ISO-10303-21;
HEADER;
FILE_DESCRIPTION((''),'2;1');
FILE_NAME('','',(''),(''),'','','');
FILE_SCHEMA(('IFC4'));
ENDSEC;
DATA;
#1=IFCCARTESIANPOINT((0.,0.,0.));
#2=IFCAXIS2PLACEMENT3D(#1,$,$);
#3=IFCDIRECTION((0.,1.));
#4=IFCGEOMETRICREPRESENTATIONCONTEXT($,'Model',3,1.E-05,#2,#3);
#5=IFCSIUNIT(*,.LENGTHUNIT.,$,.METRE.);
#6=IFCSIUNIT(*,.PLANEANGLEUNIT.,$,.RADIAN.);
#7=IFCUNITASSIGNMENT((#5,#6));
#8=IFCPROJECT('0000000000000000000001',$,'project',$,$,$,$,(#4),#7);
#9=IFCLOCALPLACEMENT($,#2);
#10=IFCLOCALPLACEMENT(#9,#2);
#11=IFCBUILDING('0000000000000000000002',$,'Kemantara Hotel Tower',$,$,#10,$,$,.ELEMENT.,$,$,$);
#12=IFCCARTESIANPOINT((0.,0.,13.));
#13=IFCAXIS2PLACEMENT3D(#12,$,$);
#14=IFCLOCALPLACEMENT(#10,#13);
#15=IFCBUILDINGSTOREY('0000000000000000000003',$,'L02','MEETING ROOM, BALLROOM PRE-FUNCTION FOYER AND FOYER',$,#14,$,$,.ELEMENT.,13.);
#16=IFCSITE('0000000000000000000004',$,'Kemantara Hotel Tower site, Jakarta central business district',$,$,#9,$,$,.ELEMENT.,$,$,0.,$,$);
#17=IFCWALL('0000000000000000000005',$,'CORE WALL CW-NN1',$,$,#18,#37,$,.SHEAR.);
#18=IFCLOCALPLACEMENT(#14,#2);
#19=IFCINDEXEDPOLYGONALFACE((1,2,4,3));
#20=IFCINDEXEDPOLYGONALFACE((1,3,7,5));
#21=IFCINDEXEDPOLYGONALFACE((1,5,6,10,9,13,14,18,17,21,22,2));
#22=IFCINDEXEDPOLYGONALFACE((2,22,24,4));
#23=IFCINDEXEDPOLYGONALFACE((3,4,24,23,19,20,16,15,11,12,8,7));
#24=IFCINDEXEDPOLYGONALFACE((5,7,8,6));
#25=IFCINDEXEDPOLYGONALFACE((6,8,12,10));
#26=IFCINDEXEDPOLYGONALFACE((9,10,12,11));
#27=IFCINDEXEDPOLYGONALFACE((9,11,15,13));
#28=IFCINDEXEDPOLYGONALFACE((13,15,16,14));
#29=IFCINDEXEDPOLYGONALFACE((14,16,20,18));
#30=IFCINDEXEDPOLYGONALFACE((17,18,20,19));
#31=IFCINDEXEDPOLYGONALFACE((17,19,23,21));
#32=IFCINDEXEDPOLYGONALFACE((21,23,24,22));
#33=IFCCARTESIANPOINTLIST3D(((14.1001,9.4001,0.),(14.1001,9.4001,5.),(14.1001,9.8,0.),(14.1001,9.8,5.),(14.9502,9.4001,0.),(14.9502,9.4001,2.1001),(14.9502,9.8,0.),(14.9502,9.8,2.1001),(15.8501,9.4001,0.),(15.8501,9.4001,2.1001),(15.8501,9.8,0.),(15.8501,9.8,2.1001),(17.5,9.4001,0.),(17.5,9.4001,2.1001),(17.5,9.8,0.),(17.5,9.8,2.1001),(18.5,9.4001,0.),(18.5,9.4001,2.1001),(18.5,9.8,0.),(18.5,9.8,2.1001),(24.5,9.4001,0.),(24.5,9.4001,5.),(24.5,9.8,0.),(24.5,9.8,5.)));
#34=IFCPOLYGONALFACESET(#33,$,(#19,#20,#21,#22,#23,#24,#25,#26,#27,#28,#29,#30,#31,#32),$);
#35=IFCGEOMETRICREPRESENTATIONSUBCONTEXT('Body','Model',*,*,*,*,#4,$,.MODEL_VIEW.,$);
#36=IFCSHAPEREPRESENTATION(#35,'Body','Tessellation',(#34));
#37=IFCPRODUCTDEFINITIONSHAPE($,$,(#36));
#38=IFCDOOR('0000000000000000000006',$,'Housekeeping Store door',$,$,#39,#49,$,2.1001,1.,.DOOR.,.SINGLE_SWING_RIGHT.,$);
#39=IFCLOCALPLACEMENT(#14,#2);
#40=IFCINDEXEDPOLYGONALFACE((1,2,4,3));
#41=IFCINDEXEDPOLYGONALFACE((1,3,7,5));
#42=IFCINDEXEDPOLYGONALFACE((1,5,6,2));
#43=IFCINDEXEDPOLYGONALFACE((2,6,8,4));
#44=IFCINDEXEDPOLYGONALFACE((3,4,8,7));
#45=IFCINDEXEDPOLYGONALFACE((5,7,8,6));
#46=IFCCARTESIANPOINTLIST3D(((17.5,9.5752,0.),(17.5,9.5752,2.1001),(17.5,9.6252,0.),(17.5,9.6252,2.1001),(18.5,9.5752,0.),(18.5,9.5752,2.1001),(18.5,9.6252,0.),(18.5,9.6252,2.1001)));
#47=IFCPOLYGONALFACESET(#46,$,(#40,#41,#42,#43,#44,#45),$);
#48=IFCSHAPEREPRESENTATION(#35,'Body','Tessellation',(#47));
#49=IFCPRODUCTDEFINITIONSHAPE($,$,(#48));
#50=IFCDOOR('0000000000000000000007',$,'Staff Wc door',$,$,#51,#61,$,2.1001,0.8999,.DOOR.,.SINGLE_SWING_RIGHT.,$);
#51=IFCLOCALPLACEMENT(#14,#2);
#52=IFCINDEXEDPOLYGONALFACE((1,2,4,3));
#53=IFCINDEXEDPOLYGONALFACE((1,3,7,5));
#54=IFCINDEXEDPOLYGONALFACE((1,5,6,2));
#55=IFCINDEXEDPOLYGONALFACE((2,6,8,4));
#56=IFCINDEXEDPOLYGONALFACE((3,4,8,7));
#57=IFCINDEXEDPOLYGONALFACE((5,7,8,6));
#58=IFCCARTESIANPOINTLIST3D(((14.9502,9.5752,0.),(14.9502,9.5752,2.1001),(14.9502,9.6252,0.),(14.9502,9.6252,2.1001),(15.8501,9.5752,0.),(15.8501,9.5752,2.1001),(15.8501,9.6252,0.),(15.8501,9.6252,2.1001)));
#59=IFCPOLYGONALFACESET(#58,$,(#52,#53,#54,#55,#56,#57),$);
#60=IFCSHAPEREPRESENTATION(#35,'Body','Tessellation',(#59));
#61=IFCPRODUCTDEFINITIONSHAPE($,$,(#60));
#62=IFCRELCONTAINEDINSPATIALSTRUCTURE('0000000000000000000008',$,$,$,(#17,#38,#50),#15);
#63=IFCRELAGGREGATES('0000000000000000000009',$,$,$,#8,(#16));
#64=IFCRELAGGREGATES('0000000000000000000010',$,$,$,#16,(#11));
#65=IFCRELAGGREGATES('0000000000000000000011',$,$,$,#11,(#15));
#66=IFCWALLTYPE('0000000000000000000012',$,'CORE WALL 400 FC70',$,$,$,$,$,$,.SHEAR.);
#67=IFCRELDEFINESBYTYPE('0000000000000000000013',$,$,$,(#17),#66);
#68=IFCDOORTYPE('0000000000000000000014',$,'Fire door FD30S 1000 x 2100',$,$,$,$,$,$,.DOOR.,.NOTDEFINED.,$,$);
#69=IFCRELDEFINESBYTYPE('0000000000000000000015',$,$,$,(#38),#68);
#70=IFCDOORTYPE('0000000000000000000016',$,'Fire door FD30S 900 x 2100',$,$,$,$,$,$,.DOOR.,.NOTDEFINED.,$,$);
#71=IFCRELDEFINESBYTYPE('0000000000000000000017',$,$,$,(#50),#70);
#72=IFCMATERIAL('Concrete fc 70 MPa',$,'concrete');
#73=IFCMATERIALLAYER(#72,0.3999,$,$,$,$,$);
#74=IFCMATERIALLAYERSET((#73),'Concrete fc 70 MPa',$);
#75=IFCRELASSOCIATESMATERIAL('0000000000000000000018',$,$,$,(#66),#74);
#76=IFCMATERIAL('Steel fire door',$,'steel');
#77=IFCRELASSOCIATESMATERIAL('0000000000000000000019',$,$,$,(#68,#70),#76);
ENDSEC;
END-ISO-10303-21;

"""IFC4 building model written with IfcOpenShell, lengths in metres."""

from ifc_helpers import new_model, si_unit, direction, frame, frame_2d, origin, place, context, subcontext, project, spatial, rectangle, extrude, material, layer, layer_set, type_object, element, fill, save


model = new_model("IFC4")

# Units and contexts
model_context = context("Model", 3, precision=1e-05, world=origin(), true_north=direction((0.0, 1.0)))
body_context = subcontext(model_context, "Body", "Model", "MODEL_VIEW")
ifc_project = project(units=[si_unit("LENGTHUNIT", "METRE"), si_unit("PLANEANGLEUNIT", "RADIAN")], contexts=[model_context])

# Site, building, storey
site_placement = place(None, origin())
site = spatial("IfcSite", under=ifc_project, at=site_placement, Name="Kemantara Hotel Tower site, Jakarta central business district", CompositionType="ELEMENT", RefElevation=0.0)
building_placement = place(site_placement, origin())
building = spatial("IfcBuilding", under=site, at=building_placement, Name="Kemantara Hotel Tower", CompositionType="ELEMENT")
storey_placement = place(building_placement, frame((0.0, 0.0, 13.0)))
storey = spatial("IfcBuildingStorey", under=building, at=storey_placement, Name="L02", Description="MEETING ROOM, BALLROOM PRE-FUNCTION FOYER AND FOYER", CompositionType="ELEMENT", Elevation=13.0)

# Wall, openings, doors
ifc_material_1 = material(Name="Concrete fc 70 MPa", Category="concrete")
ifc_layer = layer(ifc_material_1, 0.3999)
ifc_layer_set = layer_set([ifc_layer], Name="Concrete fc 70 MPa")
wall_type = type_object("IfcWallType", Name="CORE WALL 400 FC70", PredefinedType="SHEAR", material=ifc_layer_set)
wall_1_placement = place(storey_placement, frame((14.1001, 9.6001, 0.0), z_axis=(0.0, 0.0, 1.0), x_axis=(1.0, 0.0, 0.0)))
wall_1 = element("IfcWall", 1, at=wall_1_placement, inside=storey, type_object=wall_type, Name="CORE WALL CW-NN1", PredefinedType="SHEAR", context=body_context, shape_type="SweptSolid", body=[
    extrude(rectangle(XDim=10.3999, YDim=0.3999, at=frame_2d((5.2, 0.0))), origin(), (0.0, 0.0, 1.0), 5.0),
])
opening_1_placement = place(wall_1_placement, frame((0.8501, 0.0, 0.0)))
opening_1 = element("IfcOpeningElement", 2, at=opening_1_placement, cuts=wall_1, PredefinedType="OPENING", context=body_context, shape_type="SweptSolid", body=[
    extrude(rectangle(XDim=0.8999, YDim=2.1001, at=frame_2d((0.45, 1.05))), frame((0.0, 0.21, 0.0), z_axis=(0.0, -1.0, 0.0), x_axis=(1.0, 0.0, 0.0)), (0.0, 0.0, 1.0), 0.4199),
])
opening_2_placement = place(wall_1_placement, frame((3.3999, 0.0, 0.0)))
opening_2 = element("IfcOpeningElement", 3, at=opening_2_placement, cuts=wall_1, PredefinedType="OPENING", context=body_context, shape_type="SweptSolid", body=[
    extrude(rectangle(XDim=1.0, YDim=2.1001, at=frame_2d((0.5, 1.05))), frame((0.0, 0.21, 0.0), z_axis=(0.0, -1.0, 0.0), x_axis=(1.0, 0.0, 0.0)), (0.0, 0.0, 1.0), 0.4199),
])
ifc_material_2 = material(Name="Steel fire door", Category="steel")
door_type_1 = type_object("IfcDoorType", Name="Fire door FD30S 1000 x 2100", OperationType="NOTDEFINED", PredefinedType="DOOR", material=ifc_material_2)
door_1_placement = place(opening_2_placement, frame((1.0, 0.0, 0.0), z_axis=(0.0, 0.0, 1.0), x_axis=(-1.0, 0.0, 0.0)))
door_1 = element("IfcDoor", 4, at=door_1_placement, inside=storey, type_object=door_type_1, Name="Housekeeping Store door", OperationType="SINGLE_SWING_RIGHT", OverallHeight=2.1001, OverallWidth=1.0, PredefinedType="DOOR", context=body_context, shape_type="SweptSolid", body=[
    extrude(rectangle(XDim=1.0, YDim=2.1001, at=frame_2d((0.5, 1.05))), frame((0.0, 0.0249, 0.0), z_axis=(0.0, -1.0, 0.0), x_axis=(1.0, 0.0, 0.0)), (0.0, 0.0, 1.0), 0.05),
])
fill(opening_2, door_1)
door_type_2 = type_object("IfcDoorType", Name="Fire door FD30S 900 x 2100", OperationType="NOTDEFINED", PredefinedType="DOOR", material=ifc_material_2)
door_2_placement = place(opening_1_placement, frame((0.8999, 0.0, 0.0), z_axis=(0.0, 0.0, 1.0), x_axis=(-1.0, 0.0, 0.0)))
door_2 = element("IfcDoor", 5, at=door_2_placement, inside=storey, type_object=door_type_2, Name="Staff Wc door", OperationType="SINGLE_SWING_RIGHT", OverallHeight=2.1001, OverallWidth=0.8999, PredefinedType="DOOR", context=body_context, shape_type="SweptSolid", body=[
    extrude(rectangle(XDim=0.8999, YDim=2.1001, at=frame_2d((0.45, 1.05))), frame((0.0, 0.0249, 0.0), z_axis=(0.0, -1.0, 0.0), x_axis=(1.0, 0.0, 0.0)), (0.0, 0.0, 1.0), 0.05),
])
fill(opening_1, door_2)

save(model, "model.ifc")
